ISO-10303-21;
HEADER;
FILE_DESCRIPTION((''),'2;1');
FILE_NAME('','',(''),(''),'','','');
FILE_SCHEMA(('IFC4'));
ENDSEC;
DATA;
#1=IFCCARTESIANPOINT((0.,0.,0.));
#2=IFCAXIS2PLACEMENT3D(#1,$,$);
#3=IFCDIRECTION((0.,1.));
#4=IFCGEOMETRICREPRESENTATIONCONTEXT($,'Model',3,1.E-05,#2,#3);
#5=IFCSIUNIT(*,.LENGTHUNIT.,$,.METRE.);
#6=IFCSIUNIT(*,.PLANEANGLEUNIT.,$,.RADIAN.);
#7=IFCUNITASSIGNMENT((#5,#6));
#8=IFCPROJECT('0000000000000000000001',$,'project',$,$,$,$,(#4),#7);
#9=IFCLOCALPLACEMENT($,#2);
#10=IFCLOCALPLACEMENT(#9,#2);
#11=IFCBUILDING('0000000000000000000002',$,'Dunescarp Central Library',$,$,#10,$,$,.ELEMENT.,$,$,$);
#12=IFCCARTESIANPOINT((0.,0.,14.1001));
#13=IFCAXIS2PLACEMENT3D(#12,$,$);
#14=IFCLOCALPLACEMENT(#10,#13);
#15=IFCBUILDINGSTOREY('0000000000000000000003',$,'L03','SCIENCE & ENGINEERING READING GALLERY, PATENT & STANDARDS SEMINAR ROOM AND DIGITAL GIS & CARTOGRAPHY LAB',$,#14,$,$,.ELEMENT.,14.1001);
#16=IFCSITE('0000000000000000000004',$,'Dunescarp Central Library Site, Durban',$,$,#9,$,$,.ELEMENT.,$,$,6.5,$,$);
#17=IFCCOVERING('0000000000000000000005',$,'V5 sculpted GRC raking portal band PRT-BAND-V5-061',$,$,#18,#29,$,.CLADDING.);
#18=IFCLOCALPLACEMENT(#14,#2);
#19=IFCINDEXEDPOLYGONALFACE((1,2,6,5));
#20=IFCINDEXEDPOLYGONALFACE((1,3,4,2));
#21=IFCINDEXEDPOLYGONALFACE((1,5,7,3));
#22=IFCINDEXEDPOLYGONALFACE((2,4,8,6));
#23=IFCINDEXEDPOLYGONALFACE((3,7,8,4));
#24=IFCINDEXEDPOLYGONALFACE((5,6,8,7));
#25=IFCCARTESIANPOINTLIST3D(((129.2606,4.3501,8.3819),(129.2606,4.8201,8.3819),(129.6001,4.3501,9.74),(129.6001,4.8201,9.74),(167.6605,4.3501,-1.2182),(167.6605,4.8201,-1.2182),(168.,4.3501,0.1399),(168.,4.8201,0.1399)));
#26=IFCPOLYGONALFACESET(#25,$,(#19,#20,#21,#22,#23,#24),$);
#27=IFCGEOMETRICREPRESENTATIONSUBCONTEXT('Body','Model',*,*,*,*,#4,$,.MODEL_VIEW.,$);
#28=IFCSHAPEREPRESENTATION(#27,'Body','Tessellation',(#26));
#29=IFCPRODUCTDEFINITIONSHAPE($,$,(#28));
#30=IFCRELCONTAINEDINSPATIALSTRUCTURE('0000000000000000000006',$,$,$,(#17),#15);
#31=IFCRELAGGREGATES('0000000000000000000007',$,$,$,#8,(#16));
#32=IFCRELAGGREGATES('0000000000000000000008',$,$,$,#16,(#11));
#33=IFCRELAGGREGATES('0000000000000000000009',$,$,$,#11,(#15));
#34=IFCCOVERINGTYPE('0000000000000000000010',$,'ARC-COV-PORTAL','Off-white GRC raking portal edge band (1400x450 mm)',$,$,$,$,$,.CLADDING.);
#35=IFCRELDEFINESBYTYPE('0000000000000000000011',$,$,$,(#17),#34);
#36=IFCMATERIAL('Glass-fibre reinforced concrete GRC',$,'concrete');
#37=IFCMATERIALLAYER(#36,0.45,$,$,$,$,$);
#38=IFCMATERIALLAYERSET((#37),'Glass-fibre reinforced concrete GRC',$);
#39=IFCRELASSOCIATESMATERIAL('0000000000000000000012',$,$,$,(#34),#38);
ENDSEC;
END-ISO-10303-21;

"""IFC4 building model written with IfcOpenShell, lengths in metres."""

from ifc_helpers import new_model, si_unit, direction, frame, origin, place, context, subcontext, project, spatial, polyline, outline, extrude, material, layer, layer_set, type_object, element, save


model = new_model("IFC4")

# Units and contexts
model_context = context("Model", 3, precision=1e-05, world=origin(), true_north=direction((0.0, 1.0)))
body_context = subcontext(model_context, "Body", "Model", "MODEL_VIEW")
ifc_project = project(units=[si_unit("LENGTHUNIT", "METRE"), si_unit("PLANEANGLEUNIT", "RADIAN")], contexts=[model_context])

# Site, building, storey
site_placement = place(None, origin())
site = spatial("IfcSite", under=ifc_project, at=site_placement, Name="Dunescarp Central Library Site, Durban", CompositionType="ELEMENT", RefElevation=6.5)
building_placement = place(site_placement, origin())
building = spatial("IfcBuilding", under=site, at=building_placement, Name="Dunescarp Central Library", CompositionType="ELEMENT")
storey_placement = place(building_placement, frame((0.0, 0.0, 14.1001)))
storey = spatial("IfcBuildingStorey", under=building, at=storey_placement, Name="L03", Description="SCIENCE & ENGINEERING READING GALLERY, PATENT & STANDARDS SEMINAR ROOM AND DIGITAL GIS & CARTOGRAPHY LAB", CompositionType="ELEMENT", Elevation=14.1001)

# Covering
ifc_material_1 = material(Name="Glass-fibre reinforced concrete GRC", Category="concrete")
ifc_layer_1 = layer(ifc_material_1, 0.45)
ifc_layer_set_1 = layer_set([ifc_layer_1], Name="Glass-fibre reinforced concrete GRC")
covering_type_1 = type_object("IfcCoveringType", Name="ARC-COV-PORTAL", Description="Off-white GRC raking portal edge band (1400x450 mm)", PredefinedType="CLADDING", material=ifc_layer_set_1)
covering_1_placement = place(storey_placement, frame((129.6001, 4.3501, 9.74), z_axis=(0.242539, 0.0, 0.970142), x_axis=(0.970142, 0.0, -0.242539)))
element("IfcCovering", 1, at=covering_1_placement, inside=storey, type_object=covering_type_1, Name="V5 sculpted GRC raking portal band PRT-BAND-V5-061", PredefinedType="CLADDING", context=body_context, shape_type="SweptSolid", body=[
    extrude(outline(polyline([(0.0, 0.0), (39.5817, 0.0), (39.5817, 0.47), (0.0, 0.47), (0.0, 0.0)])), origin(), (0.0, 0.0, -1.0), 1.3999),
])

save(model, "model.ifc")
